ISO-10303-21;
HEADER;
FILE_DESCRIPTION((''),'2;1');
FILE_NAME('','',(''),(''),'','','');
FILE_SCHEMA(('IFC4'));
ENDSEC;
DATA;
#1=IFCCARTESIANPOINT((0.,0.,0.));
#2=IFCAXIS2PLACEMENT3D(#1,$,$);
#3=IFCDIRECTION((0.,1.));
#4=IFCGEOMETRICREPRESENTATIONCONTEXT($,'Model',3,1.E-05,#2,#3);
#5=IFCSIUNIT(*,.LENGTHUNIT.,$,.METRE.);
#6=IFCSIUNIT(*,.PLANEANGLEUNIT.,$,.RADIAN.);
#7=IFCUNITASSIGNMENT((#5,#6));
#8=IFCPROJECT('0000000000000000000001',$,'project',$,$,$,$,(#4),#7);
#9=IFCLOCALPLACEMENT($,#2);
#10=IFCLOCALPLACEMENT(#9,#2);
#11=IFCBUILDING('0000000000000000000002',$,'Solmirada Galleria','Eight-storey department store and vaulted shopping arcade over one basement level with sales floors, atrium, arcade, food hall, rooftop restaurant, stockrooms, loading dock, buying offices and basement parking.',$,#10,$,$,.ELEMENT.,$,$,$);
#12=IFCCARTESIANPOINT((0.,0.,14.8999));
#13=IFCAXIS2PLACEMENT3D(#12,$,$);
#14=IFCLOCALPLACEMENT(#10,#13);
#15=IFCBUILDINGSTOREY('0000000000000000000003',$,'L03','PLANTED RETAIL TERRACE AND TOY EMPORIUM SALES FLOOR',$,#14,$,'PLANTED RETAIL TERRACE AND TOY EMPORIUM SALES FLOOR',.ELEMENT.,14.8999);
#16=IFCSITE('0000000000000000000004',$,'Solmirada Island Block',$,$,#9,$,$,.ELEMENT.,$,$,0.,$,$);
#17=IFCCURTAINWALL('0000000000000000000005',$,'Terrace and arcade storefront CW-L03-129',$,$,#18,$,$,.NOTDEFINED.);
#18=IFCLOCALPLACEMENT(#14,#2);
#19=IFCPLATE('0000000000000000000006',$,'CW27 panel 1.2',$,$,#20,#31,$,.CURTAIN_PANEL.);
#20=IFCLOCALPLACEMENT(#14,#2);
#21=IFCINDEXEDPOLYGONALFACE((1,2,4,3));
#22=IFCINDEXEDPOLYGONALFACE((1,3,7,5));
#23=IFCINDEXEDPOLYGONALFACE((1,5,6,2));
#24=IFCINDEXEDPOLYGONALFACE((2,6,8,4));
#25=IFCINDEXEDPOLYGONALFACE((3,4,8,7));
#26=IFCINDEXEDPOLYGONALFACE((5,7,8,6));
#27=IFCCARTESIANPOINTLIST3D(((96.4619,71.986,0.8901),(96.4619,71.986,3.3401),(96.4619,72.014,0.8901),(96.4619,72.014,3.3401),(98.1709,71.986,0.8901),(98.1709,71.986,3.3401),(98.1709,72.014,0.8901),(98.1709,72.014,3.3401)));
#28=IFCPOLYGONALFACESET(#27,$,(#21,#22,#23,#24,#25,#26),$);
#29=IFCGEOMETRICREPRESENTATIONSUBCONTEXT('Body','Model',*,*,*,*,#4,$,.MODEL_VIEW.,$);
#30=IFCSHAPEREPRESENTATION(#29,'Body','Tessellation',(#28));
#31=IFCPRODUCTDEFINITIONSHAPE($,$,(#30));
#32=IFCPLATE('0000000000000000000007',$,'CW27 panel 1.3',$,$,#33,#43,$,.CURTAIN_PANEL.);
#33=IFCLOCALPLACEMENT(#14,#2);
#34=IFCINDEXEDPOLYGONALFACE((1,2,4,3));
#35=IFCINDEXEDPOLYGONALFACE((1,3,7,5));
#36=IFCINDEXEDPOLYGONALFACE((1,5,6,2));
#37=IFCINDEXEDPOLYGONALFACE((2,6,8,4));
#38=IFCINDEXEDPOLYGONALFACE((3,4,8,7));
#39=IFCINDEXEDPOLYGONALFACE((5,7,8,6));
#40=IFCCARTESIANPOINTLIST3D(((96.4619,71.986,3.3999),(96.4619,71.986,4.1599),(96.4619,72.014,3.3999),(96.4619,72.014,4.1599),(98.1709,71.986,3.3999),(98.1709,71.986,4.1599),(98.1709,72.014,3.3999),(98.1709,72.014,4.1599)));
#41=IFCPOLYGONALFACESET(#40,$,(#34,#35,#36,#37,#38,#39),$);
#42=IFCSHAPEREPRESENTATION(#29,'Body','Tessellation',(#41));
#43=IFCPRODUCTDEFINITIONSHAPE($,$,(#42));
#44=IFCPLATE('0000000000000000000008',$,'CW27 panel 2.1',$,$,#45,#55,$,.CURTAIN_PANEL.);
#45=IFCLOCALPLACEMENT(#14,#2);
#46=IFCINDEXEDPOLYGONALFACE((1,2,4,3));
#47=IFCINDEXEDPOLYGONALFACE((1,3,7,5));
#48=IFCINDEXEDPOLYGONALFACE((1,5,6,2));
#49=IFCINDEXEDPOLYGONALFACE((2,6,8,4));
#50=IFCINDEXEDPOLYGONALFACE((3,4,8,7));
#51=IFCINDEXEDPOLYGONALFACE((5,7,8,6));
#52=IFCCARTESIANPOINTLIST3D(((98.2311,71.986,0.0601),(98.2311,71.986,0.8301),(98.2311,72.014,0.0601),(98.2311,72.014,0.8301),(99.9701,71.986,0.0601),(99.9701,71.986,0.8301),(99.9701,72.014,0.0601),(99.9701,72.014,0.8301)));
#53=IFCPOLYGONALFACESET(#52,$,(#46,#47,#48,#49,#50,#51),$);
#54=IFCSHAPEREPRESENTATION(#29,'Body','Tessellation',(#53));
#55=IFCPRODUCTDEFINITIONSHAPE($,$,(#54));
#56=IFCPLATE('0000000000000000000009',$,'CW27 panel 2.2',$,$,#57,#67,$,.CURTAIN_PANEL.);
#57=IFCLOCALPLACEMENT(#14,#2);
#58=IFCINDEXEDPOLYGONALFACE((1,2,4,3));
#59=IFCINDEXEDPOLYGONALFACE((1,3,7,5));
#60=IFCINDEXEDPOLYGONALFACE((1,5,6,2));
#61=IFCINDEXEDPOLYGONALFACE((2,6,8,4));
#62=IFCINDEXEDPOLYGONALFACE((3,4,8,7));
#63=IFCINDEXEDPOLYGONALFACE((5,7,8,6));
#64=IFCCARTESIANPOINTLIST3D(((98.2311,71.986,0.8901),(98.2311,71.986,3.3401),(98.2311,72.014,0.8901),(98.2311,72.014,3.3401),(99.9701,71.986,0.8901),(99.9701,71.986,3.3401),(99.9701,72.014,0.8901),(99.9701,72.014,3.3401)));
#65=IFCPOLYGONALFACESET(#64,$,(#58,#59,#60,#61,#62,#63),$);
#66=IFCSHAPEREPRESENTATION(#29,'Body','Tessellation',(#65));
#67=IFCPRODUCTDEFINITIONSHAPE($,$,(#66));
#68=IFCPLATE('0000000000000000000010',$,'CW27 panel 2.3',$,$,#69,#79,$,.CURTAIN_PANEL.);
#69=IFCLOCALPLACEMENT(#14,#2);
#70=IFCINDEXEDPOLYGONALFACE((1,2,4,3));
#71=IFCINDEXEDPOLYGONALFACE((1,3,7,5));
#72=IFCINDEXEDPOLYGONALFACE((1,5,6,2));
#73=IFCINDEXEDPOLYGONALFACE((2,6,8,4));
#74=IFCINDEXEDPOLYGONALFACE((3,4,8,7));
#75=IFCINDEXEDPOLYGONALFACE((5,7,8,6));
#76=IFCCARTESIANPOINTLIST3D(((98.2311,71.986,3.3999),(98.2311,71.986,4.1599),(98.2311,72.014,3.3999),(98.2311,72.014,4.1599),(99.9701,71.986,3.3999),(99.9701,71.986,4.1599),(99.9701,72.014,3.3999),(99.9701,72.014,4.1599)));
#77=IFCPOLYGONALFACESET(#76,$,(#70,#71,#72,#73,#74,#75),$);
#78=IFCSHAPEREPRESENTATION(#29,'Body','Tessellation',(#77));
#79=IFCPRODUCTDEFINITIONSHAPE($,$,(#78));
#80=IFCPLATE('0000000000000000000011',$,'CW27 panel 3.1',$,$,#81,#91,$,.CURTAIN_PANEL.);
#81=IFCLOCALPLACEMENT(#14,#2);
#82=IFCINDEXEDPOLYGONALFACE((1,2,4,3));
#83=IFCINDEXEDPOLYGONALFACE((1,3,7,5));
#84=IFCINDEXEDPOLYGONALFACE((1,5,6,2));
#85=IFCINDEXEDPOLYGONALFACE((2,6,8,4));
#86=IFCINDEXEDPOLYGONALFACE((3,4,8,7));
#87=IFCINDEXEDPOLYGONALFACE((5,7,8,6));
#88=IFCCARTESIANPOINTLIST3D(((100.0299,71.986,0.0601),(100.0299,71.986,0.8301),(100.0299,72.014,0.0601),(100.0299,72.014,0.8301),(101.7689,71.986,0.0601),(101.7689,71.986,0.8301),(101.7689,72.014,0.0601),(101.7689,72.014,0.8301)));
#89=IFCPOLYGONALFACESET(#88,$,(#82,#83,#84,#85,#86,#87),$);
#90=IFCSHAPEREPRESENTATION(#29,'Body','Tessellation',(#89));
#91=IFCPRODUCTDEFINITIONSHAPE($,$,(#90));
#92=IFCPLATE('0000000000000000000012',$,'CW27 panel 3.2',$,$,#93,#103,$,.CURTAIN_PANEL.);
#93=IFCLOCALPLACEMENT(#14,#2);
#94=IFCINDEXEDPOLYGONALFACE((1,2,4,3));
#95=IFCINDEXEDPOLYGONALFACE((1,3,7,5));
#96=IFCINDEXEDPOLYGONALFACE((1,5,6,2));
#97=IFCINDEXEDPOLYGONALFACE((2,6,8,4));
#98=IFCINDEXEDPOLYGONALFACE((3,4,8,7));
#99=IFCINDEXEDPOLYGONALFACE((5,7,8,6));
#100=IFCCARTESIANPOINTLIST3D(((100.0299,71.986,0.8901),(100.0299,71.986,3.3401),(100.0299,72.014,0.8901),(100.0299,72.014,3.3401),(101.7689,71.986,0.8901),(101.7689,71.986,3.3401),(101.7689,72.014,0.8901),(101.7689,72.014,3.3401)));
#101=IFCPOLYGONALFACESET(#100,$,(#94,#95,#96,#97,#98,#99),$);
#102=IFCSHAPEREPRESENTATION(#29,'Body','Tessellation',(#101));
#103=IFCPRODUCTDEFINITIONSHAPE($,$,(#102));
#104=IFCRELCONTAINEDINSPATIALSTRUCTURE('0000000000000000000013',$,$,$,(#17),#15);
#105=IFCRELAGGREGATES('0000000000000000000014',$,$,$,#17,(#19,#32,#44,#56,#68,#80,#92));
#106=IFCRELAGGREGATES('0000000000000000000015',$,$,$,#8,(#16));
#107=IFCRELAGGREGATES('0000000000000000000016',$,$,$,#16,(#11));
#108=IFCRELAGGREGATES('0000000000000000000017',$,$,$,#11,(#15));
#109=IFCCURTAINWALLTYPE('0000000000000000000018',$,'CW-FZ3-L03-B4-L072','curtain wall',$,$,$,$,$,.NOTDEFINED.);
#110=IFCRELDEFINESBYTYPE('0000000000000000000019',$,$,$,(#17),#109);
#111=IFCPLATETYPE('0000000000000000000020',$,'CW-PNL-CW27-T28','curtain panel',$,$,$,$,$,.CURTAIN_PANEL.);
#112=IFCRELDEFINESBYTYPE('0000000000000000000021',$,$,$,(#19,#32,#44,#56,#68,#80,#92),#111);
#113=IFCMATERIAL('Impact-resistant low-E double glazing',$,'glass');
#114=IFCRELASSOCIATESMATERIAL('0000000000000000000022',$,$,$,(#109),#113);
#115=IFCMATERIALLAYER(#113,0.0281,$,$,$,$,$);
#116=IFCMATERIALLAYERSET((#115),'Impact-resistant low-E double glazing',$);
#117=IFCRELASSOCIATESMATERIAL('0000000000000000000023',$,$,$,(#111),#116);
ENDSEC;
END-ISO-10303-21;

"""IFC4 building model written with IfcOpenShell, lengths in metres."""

from ifc_helpers import new_model, si_unit, direction, frame, origin, origin_2d, place, context, subcontext, project, spatial, rectangle, extrude, material, layer, layer_set, type_object, element, aggregate, save


model = new_model("IFC4")

# Units and contexts
model_context = context("Model", 3, precision=1e-05, world=origin(), true_north=direction((0.0, 1.0)))
body_context = subcontext(model_context, "Body", "Model", "MODEL_VIEW")
ifc_project = project(units=[si_unit("LENGTHUNIT", "METRE"), si_unit("PLANEANGLEUNIT", "RADIAN")], contexts=[model_context])

# Site, building, storey
site_placement = place(None, origin())
site = spatial("IfcSite", under=ifc_project, at=site_placement, Name="Solmirada Island Block", CompositionType="ELEMENT", RefElevation=0.0)
building_placement = place(site_placement, origin())
building = spatial("IfcBuilding", under=site, at=building_placement, Name="Solmirada Galleria", Description="Eight-storey department store and vaulted shopping arcade over one basement level with sales floors, atrium, arcade, food hall, rooftop restaurant, stockrooms, loading dock, buying offices and basement parking.", CompositionType="ELEMENT")
storey_placement = place(building_placement, frame((0.0, 0.0, 14.8999)))
storey = spatial("IfcBuildingStorey", under=building, at=storey_placement, Name="L03", Description="PLANTED RETAIL TERRACE AND TOY EMPORIUM SALES FLOOR", LongName="PLANTED RETAIL TERRACE AND TOY EMPORIUM SALES FLOOR", CompositionType="ELEMENT", Elevation=14.8999)

# Shared definitions
ifc_material_1 = material(Name="Impact-resistant low-E double glazing", Category="glass")
curtain_wall_type = type_object("IfcCurtainWallType", Name="CW-FZ3-L03-B4-L072", Description="curtain wall", PredefinedType="NOTDEFINED", material=ifc_material_1)

# Curtain wall
curtain_wall_1_placement = place(storey_placement, origin())
curtain_wall_1 = element("IfcCurtainWall", 1, at=curtain_wall_1_placement, inside=storey, type_object=curtain_wall_type, Name="Terrace and arcade storefront CW-L03-129", PredefinedType="NOTDEFINED")

# Plates
ifc_layer = layer(ifc_material_1, 0.0281)
ifc_layer_set = layer_set([ifc_layer], Name="Impact-resistant low-E double glazing")
plate_type = type_object("IfcPlateType", Name="CW-PNL-CW27-T28", Description="curtain panel", PredefinedType="CURTAIN_PANEL", material=ifc_layer_set)
plate_1_placement = place(storey_placement, frame((97.3164, 72.0, 0.8901), z_axis=(0.0, 0.0, 1.0), x_axis=(1.0, 0.0, 0.0)))
plate_1 = element("IfcPlate", 2, at=plate_1_placement, type_object=plate_type, Name="CW27 panel 1.2", PredefinedType="CURTAIN_PANEL", context=body_context, shape_type="SweptSolid", body=[
    extrude(rectangle(XDim=1.709, YDim=0.0281, at=origin_2d()), origin(), (0.0, 0.0, 1.0), 2.45),
])
plate_2_placement = place(storey_placement, frame((97.3164, 72.0, 3.3999), z_axis=(0.0, 0.0, 1.0), x_axis=(1.0, 0.0, 0.0)))
plate_2 = element("IfcPlate", 3, at=plate_2_placement, type_object=plate_type, Name="CW27 panel 1.3", PredefinedType="CURTAIN_PANEL", context=body_context, shape_type="SweptSolid", body=[
    extrude(rectangle(XDim=1.709, YDim=0.0281, at=origin_2d()), origin(), (0.0, 0.0, 1.0), 0.76),
])
plate_3_placement = place(storey_placement, frame((99.1006, 72.0, 0.0601), z_axis=(0.0, 0.0, 1.0), x_axis=(1.0, 0.0, 0.0)))
plate_3 = element("IfcPlate", 4, at=plate_3_placement, type_object=plate_type, Name="CW27 panel 2.1", PredefinedType="CURTAIN_PANEL", context=body_context, shape_type="SweptSolid", body=[
    extrude(rectangle(XDim=1.739, YDim=0.0281, at=origin_2d()), origin(), (0.0, 0.0, 1.0), 0.77),
])
plate_4_placement = place(storey_placement, frame((99.1006, 72.0, 0.8901), z_axis=(0.0, 0.0, 1.0), x_axis=(1.0, 0.0, 0.0)))
plate_4 = element("IfcPlate", 5, at=plate_4_placement, type_object=plate_type, Name="CW27 panel 2.2", PredefinedType="CURTAIN_PANEL", context=body_context, shape_type="SweptSolid", body=[
    extrude(rectangle(XDim=1.739, YDim=0.0281, at=origin_2d()), origin(), (0.0, 0.0, 1.0), 2.45),
])
plate_5_placement = place(storey_placement, frame((99.1006, 72.0, 3.3999), z_axis=(0.0, 0.0, 1.0), x_axis=(1.0, 0.0, 0.0)))
plate_5 = element("IfcPlate", 6, at=plate_5_placement, type_object=plate_type, Name="CW27 panel 2.3", PredefinedType="CURTAIN_PANEL", context=body_context, shape_type="SweptSolid", body=[
    extrude(rectangle(XDim=1.739, YDim=0.0281, at=origin_2d()), origin(), (0.0, 0.0, 1.0), 0.76),
])
plate_6_placement = place(storey_placement, frame((100.8994, 72.0, 0.0601), z_axis=(0.0, 0.0, 1.0), x_axis=(1.0, 0.0, 0.0)))
plate_6 = element("IfcPlate", 7, at=plate_6_placement, type_object=plate_type, Name="CW27 panel 3.1", PredefinedType="CURTAIN_PANEL", context=body_context, shape_type="SweptSolid", body=[
    extrude(rectangle(XDim=1.739, YDim=0.0281, at=origin_2d()), origin(), (0.0, 0.0, 1.0), 0.77),
])
plate_7_placement = place(storey_placement, frame((100.8994, 72.0, 0.8901), z_axis=(0.0, 0.0, 1.0), x_axis=(1.0, 0.0, 0.0)))
plate_7 = element("IfcPlate", 8, at=plate_7_placement, type_object=plate_type, Name="CW27 panel 3.2", PredefinedType="CURTAIN_PANEL", context=body_context, shape_type="SweptSolid", body=[
    extrude(rectangle(XDim=1.739, YDim=0.0281, at=origin_2d()), origin(), (0.0, 0.0, 1.0), 2.45),
])
aggregate(curtain_wall_1, [plate_1, plate_2, plate_3, plate_4, plate_5, plate_6, plate_7])

save(model, "model.ifc")
